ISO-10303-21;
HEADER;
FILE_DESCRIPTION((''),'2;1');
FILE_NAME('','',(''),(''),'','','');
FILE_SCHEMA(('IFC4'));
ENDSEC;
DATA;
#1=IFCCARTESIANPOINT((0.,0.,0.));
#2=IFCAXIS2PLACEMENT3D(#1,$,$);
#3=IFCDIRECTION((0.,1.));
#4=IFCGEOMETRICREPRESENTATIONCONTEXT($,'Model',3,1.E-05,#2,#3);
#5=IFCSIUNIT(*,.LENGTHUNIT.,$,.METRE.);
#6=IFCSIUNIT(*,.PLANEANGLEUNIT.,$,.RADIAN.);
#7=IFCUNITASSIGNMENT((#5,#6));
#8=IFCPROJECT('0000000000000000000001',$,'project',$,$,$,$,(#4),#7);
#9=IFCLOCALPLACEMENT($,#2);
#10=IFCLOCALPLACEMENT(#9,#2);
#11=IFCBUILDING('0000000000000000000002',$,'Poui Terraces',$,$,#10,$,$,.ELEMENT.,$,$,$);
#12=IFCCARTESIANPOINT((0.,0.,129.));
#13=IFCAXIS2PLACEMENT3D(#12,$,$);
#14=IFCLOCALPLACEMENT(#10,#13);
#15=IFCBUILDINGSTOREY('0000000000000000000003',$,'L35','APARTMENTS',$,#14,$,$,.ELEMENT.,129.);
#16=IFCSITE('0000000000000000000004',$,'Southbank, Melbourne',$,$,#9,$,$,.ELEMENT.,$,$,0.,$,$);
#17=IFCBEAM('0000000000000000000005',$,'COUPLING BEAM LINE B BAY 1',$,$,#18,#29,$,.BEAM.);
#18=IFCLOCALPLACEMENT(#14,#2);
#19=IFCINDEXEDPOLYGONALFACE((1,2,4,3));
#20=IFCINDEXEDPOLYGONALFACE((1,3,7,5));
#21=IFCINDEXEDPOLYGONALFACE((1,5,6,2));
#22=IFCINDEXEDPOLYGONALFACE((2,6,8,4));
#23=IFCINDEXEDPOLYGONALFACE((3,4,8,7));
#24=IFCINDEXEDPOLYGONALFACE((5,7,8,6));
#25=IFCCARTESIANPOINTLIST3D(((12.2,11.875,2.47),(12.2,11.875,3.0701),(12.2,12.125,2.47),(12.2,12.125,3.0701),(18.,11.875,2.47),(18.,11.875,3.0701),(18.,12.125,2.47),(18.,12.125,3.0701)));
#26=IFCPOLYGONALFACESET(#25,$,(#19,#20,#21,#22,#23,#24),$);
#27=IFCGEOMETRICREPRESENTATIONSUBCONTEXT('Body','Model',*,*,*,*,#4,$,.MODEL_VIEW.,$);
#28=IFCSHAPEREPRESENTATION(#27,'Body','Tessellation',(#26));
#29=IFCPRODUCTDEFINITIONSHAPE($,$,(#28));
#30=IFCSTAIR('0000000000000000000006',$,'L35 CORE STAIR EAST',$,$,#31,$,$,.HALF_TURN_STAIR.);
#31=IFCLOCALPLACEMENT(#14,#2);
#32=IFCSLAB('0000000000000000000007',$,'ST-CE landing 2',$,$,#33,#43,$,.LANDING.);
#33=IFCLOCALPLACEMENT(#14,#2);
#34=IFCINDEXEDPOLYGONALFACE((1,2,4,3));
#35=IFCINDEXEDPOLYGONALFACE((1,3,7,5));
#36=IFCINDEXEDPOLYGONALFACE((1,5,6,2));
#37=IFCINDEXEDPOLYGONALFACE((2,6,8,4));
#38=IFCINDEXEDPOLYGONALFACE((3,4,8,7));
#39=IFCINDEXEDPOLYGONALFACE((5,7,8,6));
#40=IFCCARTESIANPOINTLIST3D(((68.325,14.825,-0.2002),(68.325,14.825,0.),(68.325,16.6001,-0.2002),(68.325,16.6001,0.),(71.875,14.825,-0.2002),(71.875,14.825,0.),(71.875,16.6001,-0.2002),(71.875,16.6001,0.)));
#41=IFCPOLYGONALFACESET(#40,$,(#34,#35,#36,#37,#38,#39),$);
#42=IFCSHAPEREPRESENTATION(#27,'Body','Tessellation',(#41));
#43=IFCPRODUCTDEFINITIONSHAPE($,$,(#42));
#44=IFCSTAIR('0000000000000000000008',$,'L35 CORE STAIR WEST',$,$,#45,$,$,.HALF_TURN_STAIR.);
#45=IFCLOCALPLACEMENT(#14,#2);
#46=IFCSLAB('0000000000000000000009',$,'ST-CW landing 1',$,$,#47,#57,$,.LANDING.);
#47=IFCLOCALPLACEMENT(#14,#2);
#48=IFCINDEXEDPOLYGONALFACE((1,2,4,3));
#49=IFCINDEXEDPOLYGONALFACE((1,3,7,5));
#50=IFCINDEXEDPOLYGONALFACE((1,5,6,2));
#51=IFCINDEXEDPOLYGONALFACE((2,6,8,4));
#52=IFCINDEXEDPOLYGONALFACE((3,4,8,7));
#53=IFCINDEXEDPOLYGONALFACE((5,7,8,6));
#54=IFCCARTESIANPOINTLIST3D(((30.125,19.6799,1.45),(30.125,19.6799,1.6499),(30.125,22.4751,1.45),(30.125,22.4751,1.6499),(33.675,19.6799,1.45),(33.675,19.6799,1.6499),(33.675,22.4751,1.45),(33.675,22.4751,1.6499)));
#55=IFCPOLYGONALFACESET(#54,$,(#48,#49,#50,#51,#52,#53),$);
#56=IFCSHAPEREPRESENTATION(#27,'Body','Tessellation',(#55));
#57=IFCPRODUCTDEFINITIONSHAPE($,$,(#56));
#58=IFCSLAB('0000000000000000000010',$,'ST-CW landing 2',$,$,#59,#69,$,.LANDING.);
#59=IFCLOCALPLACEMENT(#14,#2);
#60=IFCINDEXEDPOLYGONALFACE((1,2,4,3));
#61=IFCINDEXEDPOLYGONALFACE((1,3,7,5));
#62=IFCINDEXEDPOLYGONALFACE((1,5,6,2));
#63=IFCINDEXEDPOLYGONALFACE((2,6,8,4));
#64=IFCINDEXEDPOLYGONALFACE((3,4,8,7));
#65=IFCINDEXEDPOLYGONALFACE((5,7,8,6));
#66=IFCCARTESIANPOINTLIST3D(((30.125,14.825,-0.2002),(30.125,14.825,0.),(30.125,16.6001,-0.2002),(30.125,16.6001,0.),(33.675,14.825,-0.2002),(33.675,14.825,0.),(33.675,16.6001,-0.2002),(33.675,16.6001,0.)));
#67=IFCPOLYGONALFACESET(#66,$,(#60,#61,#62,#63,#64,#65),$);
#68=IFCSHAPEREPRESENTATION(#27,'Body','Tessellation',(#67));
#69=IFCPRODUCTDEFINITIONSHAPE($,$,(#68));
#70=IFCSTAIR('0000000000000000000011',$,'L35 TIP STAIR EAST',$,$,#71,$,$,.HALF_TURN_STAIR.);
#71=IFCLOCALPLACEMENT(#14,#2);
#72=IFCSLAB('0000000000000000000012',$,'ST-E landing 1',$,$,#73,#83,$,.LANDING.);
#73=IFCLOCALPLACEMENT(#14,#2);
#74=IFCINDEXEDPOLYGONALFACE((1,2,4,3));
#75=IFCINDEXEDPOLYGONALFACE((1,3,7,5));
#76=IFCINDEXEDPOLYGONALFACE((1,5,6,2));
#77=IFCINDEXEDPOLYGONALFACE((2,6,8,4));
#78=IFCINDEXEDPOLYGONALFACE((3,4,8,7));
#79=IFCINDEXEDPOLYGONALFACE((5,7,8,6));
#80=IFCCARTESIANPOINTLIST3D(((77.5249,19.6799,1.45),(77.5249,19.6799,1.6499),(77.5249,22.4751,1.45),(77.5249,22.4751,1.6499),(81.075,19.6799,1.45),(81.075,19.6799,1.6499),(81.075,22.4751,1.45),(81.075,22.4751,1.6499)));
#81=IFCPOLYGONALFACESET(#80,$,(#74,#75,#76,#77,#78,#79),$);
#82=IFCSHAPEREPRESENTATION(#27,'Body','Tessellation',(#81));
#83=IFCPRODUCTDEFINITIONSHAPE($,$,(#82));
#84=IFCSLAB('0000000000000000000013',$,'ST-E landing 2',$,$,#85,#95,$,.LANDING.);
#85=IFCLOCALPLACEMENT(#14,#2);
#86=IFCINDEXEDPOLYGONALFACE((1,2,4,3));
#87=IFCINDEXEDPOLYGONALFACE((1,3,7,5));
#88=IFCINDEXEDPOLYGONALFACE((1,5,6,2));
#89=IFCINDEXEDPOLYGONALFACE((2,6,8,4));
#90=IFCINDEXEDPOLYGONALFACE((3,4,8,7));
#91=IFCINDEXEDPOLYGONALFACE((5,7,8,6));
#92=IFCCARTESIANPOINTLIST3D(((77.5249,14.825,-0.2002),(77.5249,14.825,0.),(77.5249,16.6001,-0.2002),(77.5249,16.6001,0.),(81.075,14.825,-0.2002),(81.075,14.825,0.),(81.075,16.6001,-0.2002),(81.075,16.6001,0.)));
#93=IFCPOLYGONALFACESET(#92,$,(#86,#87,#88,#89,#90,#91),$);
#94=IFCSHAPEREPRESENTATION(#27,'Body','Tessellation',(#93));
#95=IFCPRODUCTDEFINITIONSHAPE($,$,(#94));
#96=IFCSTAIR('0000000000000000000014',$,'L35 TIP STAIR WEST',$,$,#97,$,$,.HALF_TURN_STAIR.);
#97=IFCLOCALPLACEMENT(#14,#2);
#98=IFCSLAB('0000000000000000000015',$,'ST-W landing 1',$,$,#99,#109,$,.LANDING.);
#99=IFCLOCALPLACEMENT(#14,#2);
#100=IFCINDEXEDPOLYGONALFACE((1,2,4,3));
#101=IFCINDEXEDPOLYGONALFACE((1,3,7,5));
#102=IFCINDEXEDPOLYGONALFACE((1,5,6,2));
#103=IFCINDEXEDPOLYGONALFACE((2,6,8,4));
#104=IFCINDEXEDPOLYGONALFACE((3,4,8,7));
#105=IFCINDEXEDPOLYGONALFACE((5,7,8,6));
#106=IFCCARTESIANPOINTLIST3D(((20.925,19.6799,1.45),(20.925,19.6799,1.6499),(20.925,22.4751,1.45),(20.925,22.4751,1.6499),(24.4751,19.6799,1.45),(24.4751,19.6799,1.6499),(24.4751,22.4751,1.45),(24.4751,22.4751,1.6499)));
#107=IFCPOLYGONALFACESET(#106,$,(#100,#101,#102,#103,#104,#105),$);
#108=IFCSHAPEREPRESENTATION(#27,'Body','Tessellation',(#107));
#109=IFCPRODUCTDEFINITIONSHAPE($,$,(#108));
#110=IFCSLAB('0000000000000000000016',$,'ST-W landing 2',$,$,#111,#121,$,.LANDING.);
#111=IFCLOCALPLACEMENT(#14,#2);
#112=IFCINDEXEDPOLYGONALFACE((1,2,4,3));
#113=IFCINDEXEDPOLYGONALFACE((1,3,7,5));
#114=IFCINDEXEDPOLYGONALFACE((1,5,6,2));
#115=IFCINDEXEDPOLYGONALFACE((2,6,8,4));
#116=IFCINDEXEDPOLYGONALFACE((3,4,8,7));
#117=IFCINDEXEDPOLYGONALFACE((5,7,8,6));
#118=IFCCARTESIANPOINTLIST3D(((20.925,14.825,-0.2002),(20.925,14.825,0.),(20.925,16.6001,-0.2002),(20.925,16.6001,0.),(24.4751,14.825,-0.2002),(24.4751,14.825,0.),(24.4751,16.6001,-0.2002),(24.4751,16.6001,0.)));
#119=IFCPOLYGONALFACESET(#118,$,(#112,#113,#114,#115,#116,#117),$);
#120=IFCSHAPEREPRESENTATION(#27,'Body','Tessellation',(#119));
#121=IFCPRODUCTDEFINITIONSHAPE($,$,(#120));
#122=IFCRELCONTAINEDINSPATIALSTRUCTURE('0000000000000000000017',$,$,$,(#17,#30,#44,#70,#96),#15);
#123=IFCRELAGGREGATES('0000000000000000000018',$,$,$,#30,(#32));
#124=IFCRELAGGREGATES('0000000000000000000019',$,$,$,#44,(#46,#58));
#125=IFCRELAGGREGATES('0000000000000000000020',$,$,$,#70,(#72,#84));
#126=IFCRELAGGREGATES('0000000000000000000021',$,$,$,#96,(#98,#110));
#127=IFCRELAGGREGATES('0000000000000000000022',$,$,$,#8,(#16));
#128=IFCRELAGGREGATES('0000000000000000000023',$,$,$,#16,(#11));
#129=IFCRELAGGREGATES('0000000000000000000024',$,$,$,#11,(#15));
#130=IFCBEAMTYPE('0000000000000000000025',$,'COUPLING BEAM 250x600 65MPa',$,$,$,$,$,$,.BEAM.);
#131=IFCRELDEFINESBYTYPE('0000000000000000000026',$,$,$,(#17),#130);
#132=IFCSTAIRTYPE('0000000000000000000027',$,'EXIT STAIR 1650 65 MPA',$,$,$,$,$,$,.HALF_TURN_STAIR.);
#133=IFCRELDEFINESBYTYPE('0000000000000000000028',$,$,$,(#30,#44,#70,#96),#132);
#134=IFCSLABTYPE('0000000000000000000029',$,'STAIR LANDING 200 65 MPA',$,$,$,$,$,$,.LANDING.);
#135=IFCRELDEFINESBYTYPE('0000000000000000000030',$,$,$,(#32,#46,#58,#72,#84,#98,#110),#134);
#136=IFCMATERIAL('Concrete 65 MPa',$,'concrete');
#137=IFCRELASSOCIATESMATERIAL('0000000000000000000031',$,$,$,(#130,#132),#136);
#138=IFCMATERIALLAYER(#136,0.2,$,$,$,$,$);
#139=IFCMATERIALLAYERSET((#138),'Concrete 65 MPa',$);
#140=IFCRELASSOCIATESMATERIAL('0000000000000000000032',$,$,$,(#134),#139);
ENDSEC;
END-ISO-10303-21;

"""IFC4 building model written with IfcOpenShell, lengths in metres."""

from ifc_helpers import new_model, si_unit, direction, frame, origin, origin_2d, place, context, subcontext, project, spatial, polyline, rectangle, outline, extrude, source, transform, mapped, material, layer, layer_set, material_profile, profile_set, type_object, element, aggregate, save


model = new_model("IFC4")

# Units and contexts
model_context = context("Model", 3, precision=1e-05, world=origin(), true_north=direction((0.0, 1.0)))
body_context = subcontext(model_context, "Body", "Model", "MODEL_VIEW")
ifc_project = project(units=[si_unit("LENGTHUNIT", "METRE"), si_unit("PLANEANGLEUNIT", "RADIAN")], contexts=[model_context])

# Site, building, storey
site_placement = place(None, origin())
site = spatial("IfcSite", under=ifc_project, at=site_placement, Name="Southbank, Melbourne", CompositionType="ELEMENT", RefElevation=0.0)
building_placement = place(site_placement, origin())
building = spatial("IfcBuilding", under=site, at=building_placement, Name="Poui Terraces", CompositionType="ELEMENT")
storey_placement = place(building_placement, frame((0.0, 0.0, 129.0)))
storey = spatial("IfcBuildingStorey", under=building, at=storey_placement, Name="L35", Description="APARTMENTS", CompositionType="ELEMENT", Elevation=129.0)

# Beam
ifc_material_1 = material(Name="Concrete 65 MPa", Category="concrete")
ifc_material_profile = material_profile(ifc_material_1, rectangle(XDim=0.25, YDim=0.6001, at=origin_2d()), Name="RC 250x600")
ifc_profile_set = profile_set([ifc_material_profile], Name="Concrete 65 MPa")
beam_type = type_object("IfcBeamType", Name="COUPLING BEAM 250x600 65MPa", PredefinedType="BEAM", material=ifc_profile_set)
shared_shape_1 = source(origin(), body_context, "Body", "SweptSolid", [
    extrude(rectangle(XDim=0.25, YDim=0.6001, at=origin_2d()), origin(), (0.0, 0.0, 1.0), 5.8),
])
beam_placement = place(storey_placement, frame((12.2, 12.0, 2.77), z_axis=(1.0, 0.0, 0.0), x_axis=(0.0, 1.0, 0.0)))
element("IfcBeam", 1, at=beam_placement, inside=storey, type_object=beam_type, Name="COUPLING BEAM LINE B BAY 1", PredefinedType="BEAM", context=body_context, shape_type="MappedRepresentation", body=[
    mapped(shared_shape_1, transform((0.0, 0.0, 0.0))),
])

# Stair, slab
stair_type = type_object("IfcStairType", Name="EXIT STAIR 1650 65 MPA", PredefinedType="HALF_TURN_STAIR", material=ifc_material_1)
stair_1_placement = place(storey_placement, origin())
stair_1 = element("IfcStair", 2, at=stair_1_placement, inside=storey, type_object=stair_type, Name="L35 CORE STAIR EAST", PredefinedType="HALF_TURN_STAIR")
ifc_layer_1 = layer(ifc_material_1, 0.2)
ifc_layer_set_1 = layer_set([ifc_layer_1], Name="Concrete 65 MPa")
slab_type_1 = type_object("IfcSlabType", Name="STAIR LANDING 200 65 MPA", PredefinedType="LANDING", material=ifc_layer_set_1)
slab_1_placement = place(storey_placement, frame((0.0, 0.0, -0.2002)))
slab_1 = element("IfcSlab", 3, at=slab_1_placement, type_object=slab_type_1, Name="ST-CE landing 2", PredefinedType="LANDING", context=body_context, shape_type="SweptSolid", body=[
    extrude(outline(polyline([(68.325, 14.825), (71.875, 14.825), (71.875, 16.6001), (68.325, 16.6001), (68.325, 14.825)])), origin(), (0.0, 0.0, 1.0), 0.2002),
])
aggregate(stair_1, [slab_1])

# Stairs, slabs
stair_2_placement = place(storey_placement, origin())
stair_2 = element("IfcStair", 4, at=stair_2_placement, inside=storey, type_object=stair_type, Name="L35 CORE STAIR WEST", PredefinedType="HALF_TURN_STAIR")
slab_2_placement = place(storey_placement, frame((0.0, 0.0, 1.45)))
slab_2 = element("IfcSlab", 5, at=slab_2_placement, type_object=slab_type_1, Name="ST-CW landing 1", PredefinedType="LANDING", context=body_context, shape_type="SweptSolid", body=[
    extrude(outline(polyline([(30.125, 19.6799), (33.675, 19.6799), (33.675, 22.4751), (30.125, 22.4751), (30.125, 19.6799)])), origin(), (0.0, 0.0, 1.0), 0.2),
])
slab_3_placement = place(storey_placement, frame((0.0, 0.0, -0.2002)))
slab_3 = element("IfcSlab", 6, at=slab_3_placement, type_object=slab_type_1, Name="ST-CW landing 2", PredefinedType="LANDING", context=body_context, shape_type="SweptSolid", body=[
    extrude(outline(polyline([(30.125, 14.825), (33.675, 14.825), (33.675, 16.6001), (30.125, 16.6001), (30.125, 14.825)])), origin(), (0.0, 0.0, 1.0), 0.2002),
])
aggregate(stair_2, [slab_2, slab_3])
stair_3_placement = place(storey_placement, origin())
stair_3 = element("IfcStair", 7, at=stair_3_placement, inside=storey, type_object=stair_type, Name="L35 TIP STAIR EAST", PredefinedType="HALF_TURN_STAIR")
slab_4_placement = place(storey_placement, frame((0.0, 0.0, 1.45)))
slab_4 = element("IfcSlab", 8, at=slab_4_placement, type_object=slab_type_1, Name="ST-E landing 1", PredefinedType="LANDING", context=body_context, shape_type="SweptSolid", body=[
    extrude(outline(polyline([(77.5249, 19.6799), (81.075, 19.6799), (81.075, 22.4751), (77.5249, 22.4751), (77.5249, 19.6799)])), origin(), (0.0, 0.0, 1.0), 0.2),
])
slab_5_placement = place(storey_placement, frame((0.0, 0.0, -0.2002)))
slab_5 = element("IfcSlab", 9, at=slab_5_placement, type_object=slab_type_1, Name="ST-E landing 2", PredefinedType="LANDING", context=body_context, shape_type="SweptSolid", body=[
    extrude(outline(polyline([(77.5249, 14.825), (81.075, 14.825), (81.075, 16.6001), (77.5249, 16.6001), (77.5249, 14.825)])), origin(), (0.0, 0.0, 1.0), 0.2002),
])
aggregate(stair_3, [slab_4, slab_5])
stair_4_placement = place(storey_placement, origin())
stair_4 = element("IfcStair", 10, at=stair_4_placement, inside=storey, type_object=stair_type, Name="L35 TIP STAIR WEST", PredefinedType="HALF_TURN_STAIR")
slab_6_placement = place(storey_placement, frame((0.0, 0.0, 1.45)))
slab_6 = element("IfcSlab", 11, at=slab_6_placement, type_object=slab_type_1, Name="ST-W landing 1", PredefinedType="LANDING", context=body_context, shape_type="SweptSolid", body=[
    extrude(outline(polyline([(20.925, 19.6799), (24.4751, 19.6799), (24.4751, 22.4751), (20.925, 22.4751), (20.925, 19.6799)])), origin(), (0.0, 0.0, 1.0), 0.2),
])
slab_7_placement = place(storey_placement, frame((0.0, 0.0, -0.2002)))
slab_7 = element("IfcSlab", 12, at=slab_7_placement, type_object=slab_type_1, Name="ST-W landing 2", PredefinedType="LANDING", context=body_context, shape_type="SweptSolid", body=[
    extrude(outline(polyline([(20.925, 14.825), (24.4751, 14.825), (24.4751, 16.6001), (20.925, 16.6001), (20.925, 14.825)])), origin(), (0.0, 0.0, 1.0), 0.2002),
])
aggregate(stair_4, [slab_6, slab_7])

save(model, "model.ifc")
